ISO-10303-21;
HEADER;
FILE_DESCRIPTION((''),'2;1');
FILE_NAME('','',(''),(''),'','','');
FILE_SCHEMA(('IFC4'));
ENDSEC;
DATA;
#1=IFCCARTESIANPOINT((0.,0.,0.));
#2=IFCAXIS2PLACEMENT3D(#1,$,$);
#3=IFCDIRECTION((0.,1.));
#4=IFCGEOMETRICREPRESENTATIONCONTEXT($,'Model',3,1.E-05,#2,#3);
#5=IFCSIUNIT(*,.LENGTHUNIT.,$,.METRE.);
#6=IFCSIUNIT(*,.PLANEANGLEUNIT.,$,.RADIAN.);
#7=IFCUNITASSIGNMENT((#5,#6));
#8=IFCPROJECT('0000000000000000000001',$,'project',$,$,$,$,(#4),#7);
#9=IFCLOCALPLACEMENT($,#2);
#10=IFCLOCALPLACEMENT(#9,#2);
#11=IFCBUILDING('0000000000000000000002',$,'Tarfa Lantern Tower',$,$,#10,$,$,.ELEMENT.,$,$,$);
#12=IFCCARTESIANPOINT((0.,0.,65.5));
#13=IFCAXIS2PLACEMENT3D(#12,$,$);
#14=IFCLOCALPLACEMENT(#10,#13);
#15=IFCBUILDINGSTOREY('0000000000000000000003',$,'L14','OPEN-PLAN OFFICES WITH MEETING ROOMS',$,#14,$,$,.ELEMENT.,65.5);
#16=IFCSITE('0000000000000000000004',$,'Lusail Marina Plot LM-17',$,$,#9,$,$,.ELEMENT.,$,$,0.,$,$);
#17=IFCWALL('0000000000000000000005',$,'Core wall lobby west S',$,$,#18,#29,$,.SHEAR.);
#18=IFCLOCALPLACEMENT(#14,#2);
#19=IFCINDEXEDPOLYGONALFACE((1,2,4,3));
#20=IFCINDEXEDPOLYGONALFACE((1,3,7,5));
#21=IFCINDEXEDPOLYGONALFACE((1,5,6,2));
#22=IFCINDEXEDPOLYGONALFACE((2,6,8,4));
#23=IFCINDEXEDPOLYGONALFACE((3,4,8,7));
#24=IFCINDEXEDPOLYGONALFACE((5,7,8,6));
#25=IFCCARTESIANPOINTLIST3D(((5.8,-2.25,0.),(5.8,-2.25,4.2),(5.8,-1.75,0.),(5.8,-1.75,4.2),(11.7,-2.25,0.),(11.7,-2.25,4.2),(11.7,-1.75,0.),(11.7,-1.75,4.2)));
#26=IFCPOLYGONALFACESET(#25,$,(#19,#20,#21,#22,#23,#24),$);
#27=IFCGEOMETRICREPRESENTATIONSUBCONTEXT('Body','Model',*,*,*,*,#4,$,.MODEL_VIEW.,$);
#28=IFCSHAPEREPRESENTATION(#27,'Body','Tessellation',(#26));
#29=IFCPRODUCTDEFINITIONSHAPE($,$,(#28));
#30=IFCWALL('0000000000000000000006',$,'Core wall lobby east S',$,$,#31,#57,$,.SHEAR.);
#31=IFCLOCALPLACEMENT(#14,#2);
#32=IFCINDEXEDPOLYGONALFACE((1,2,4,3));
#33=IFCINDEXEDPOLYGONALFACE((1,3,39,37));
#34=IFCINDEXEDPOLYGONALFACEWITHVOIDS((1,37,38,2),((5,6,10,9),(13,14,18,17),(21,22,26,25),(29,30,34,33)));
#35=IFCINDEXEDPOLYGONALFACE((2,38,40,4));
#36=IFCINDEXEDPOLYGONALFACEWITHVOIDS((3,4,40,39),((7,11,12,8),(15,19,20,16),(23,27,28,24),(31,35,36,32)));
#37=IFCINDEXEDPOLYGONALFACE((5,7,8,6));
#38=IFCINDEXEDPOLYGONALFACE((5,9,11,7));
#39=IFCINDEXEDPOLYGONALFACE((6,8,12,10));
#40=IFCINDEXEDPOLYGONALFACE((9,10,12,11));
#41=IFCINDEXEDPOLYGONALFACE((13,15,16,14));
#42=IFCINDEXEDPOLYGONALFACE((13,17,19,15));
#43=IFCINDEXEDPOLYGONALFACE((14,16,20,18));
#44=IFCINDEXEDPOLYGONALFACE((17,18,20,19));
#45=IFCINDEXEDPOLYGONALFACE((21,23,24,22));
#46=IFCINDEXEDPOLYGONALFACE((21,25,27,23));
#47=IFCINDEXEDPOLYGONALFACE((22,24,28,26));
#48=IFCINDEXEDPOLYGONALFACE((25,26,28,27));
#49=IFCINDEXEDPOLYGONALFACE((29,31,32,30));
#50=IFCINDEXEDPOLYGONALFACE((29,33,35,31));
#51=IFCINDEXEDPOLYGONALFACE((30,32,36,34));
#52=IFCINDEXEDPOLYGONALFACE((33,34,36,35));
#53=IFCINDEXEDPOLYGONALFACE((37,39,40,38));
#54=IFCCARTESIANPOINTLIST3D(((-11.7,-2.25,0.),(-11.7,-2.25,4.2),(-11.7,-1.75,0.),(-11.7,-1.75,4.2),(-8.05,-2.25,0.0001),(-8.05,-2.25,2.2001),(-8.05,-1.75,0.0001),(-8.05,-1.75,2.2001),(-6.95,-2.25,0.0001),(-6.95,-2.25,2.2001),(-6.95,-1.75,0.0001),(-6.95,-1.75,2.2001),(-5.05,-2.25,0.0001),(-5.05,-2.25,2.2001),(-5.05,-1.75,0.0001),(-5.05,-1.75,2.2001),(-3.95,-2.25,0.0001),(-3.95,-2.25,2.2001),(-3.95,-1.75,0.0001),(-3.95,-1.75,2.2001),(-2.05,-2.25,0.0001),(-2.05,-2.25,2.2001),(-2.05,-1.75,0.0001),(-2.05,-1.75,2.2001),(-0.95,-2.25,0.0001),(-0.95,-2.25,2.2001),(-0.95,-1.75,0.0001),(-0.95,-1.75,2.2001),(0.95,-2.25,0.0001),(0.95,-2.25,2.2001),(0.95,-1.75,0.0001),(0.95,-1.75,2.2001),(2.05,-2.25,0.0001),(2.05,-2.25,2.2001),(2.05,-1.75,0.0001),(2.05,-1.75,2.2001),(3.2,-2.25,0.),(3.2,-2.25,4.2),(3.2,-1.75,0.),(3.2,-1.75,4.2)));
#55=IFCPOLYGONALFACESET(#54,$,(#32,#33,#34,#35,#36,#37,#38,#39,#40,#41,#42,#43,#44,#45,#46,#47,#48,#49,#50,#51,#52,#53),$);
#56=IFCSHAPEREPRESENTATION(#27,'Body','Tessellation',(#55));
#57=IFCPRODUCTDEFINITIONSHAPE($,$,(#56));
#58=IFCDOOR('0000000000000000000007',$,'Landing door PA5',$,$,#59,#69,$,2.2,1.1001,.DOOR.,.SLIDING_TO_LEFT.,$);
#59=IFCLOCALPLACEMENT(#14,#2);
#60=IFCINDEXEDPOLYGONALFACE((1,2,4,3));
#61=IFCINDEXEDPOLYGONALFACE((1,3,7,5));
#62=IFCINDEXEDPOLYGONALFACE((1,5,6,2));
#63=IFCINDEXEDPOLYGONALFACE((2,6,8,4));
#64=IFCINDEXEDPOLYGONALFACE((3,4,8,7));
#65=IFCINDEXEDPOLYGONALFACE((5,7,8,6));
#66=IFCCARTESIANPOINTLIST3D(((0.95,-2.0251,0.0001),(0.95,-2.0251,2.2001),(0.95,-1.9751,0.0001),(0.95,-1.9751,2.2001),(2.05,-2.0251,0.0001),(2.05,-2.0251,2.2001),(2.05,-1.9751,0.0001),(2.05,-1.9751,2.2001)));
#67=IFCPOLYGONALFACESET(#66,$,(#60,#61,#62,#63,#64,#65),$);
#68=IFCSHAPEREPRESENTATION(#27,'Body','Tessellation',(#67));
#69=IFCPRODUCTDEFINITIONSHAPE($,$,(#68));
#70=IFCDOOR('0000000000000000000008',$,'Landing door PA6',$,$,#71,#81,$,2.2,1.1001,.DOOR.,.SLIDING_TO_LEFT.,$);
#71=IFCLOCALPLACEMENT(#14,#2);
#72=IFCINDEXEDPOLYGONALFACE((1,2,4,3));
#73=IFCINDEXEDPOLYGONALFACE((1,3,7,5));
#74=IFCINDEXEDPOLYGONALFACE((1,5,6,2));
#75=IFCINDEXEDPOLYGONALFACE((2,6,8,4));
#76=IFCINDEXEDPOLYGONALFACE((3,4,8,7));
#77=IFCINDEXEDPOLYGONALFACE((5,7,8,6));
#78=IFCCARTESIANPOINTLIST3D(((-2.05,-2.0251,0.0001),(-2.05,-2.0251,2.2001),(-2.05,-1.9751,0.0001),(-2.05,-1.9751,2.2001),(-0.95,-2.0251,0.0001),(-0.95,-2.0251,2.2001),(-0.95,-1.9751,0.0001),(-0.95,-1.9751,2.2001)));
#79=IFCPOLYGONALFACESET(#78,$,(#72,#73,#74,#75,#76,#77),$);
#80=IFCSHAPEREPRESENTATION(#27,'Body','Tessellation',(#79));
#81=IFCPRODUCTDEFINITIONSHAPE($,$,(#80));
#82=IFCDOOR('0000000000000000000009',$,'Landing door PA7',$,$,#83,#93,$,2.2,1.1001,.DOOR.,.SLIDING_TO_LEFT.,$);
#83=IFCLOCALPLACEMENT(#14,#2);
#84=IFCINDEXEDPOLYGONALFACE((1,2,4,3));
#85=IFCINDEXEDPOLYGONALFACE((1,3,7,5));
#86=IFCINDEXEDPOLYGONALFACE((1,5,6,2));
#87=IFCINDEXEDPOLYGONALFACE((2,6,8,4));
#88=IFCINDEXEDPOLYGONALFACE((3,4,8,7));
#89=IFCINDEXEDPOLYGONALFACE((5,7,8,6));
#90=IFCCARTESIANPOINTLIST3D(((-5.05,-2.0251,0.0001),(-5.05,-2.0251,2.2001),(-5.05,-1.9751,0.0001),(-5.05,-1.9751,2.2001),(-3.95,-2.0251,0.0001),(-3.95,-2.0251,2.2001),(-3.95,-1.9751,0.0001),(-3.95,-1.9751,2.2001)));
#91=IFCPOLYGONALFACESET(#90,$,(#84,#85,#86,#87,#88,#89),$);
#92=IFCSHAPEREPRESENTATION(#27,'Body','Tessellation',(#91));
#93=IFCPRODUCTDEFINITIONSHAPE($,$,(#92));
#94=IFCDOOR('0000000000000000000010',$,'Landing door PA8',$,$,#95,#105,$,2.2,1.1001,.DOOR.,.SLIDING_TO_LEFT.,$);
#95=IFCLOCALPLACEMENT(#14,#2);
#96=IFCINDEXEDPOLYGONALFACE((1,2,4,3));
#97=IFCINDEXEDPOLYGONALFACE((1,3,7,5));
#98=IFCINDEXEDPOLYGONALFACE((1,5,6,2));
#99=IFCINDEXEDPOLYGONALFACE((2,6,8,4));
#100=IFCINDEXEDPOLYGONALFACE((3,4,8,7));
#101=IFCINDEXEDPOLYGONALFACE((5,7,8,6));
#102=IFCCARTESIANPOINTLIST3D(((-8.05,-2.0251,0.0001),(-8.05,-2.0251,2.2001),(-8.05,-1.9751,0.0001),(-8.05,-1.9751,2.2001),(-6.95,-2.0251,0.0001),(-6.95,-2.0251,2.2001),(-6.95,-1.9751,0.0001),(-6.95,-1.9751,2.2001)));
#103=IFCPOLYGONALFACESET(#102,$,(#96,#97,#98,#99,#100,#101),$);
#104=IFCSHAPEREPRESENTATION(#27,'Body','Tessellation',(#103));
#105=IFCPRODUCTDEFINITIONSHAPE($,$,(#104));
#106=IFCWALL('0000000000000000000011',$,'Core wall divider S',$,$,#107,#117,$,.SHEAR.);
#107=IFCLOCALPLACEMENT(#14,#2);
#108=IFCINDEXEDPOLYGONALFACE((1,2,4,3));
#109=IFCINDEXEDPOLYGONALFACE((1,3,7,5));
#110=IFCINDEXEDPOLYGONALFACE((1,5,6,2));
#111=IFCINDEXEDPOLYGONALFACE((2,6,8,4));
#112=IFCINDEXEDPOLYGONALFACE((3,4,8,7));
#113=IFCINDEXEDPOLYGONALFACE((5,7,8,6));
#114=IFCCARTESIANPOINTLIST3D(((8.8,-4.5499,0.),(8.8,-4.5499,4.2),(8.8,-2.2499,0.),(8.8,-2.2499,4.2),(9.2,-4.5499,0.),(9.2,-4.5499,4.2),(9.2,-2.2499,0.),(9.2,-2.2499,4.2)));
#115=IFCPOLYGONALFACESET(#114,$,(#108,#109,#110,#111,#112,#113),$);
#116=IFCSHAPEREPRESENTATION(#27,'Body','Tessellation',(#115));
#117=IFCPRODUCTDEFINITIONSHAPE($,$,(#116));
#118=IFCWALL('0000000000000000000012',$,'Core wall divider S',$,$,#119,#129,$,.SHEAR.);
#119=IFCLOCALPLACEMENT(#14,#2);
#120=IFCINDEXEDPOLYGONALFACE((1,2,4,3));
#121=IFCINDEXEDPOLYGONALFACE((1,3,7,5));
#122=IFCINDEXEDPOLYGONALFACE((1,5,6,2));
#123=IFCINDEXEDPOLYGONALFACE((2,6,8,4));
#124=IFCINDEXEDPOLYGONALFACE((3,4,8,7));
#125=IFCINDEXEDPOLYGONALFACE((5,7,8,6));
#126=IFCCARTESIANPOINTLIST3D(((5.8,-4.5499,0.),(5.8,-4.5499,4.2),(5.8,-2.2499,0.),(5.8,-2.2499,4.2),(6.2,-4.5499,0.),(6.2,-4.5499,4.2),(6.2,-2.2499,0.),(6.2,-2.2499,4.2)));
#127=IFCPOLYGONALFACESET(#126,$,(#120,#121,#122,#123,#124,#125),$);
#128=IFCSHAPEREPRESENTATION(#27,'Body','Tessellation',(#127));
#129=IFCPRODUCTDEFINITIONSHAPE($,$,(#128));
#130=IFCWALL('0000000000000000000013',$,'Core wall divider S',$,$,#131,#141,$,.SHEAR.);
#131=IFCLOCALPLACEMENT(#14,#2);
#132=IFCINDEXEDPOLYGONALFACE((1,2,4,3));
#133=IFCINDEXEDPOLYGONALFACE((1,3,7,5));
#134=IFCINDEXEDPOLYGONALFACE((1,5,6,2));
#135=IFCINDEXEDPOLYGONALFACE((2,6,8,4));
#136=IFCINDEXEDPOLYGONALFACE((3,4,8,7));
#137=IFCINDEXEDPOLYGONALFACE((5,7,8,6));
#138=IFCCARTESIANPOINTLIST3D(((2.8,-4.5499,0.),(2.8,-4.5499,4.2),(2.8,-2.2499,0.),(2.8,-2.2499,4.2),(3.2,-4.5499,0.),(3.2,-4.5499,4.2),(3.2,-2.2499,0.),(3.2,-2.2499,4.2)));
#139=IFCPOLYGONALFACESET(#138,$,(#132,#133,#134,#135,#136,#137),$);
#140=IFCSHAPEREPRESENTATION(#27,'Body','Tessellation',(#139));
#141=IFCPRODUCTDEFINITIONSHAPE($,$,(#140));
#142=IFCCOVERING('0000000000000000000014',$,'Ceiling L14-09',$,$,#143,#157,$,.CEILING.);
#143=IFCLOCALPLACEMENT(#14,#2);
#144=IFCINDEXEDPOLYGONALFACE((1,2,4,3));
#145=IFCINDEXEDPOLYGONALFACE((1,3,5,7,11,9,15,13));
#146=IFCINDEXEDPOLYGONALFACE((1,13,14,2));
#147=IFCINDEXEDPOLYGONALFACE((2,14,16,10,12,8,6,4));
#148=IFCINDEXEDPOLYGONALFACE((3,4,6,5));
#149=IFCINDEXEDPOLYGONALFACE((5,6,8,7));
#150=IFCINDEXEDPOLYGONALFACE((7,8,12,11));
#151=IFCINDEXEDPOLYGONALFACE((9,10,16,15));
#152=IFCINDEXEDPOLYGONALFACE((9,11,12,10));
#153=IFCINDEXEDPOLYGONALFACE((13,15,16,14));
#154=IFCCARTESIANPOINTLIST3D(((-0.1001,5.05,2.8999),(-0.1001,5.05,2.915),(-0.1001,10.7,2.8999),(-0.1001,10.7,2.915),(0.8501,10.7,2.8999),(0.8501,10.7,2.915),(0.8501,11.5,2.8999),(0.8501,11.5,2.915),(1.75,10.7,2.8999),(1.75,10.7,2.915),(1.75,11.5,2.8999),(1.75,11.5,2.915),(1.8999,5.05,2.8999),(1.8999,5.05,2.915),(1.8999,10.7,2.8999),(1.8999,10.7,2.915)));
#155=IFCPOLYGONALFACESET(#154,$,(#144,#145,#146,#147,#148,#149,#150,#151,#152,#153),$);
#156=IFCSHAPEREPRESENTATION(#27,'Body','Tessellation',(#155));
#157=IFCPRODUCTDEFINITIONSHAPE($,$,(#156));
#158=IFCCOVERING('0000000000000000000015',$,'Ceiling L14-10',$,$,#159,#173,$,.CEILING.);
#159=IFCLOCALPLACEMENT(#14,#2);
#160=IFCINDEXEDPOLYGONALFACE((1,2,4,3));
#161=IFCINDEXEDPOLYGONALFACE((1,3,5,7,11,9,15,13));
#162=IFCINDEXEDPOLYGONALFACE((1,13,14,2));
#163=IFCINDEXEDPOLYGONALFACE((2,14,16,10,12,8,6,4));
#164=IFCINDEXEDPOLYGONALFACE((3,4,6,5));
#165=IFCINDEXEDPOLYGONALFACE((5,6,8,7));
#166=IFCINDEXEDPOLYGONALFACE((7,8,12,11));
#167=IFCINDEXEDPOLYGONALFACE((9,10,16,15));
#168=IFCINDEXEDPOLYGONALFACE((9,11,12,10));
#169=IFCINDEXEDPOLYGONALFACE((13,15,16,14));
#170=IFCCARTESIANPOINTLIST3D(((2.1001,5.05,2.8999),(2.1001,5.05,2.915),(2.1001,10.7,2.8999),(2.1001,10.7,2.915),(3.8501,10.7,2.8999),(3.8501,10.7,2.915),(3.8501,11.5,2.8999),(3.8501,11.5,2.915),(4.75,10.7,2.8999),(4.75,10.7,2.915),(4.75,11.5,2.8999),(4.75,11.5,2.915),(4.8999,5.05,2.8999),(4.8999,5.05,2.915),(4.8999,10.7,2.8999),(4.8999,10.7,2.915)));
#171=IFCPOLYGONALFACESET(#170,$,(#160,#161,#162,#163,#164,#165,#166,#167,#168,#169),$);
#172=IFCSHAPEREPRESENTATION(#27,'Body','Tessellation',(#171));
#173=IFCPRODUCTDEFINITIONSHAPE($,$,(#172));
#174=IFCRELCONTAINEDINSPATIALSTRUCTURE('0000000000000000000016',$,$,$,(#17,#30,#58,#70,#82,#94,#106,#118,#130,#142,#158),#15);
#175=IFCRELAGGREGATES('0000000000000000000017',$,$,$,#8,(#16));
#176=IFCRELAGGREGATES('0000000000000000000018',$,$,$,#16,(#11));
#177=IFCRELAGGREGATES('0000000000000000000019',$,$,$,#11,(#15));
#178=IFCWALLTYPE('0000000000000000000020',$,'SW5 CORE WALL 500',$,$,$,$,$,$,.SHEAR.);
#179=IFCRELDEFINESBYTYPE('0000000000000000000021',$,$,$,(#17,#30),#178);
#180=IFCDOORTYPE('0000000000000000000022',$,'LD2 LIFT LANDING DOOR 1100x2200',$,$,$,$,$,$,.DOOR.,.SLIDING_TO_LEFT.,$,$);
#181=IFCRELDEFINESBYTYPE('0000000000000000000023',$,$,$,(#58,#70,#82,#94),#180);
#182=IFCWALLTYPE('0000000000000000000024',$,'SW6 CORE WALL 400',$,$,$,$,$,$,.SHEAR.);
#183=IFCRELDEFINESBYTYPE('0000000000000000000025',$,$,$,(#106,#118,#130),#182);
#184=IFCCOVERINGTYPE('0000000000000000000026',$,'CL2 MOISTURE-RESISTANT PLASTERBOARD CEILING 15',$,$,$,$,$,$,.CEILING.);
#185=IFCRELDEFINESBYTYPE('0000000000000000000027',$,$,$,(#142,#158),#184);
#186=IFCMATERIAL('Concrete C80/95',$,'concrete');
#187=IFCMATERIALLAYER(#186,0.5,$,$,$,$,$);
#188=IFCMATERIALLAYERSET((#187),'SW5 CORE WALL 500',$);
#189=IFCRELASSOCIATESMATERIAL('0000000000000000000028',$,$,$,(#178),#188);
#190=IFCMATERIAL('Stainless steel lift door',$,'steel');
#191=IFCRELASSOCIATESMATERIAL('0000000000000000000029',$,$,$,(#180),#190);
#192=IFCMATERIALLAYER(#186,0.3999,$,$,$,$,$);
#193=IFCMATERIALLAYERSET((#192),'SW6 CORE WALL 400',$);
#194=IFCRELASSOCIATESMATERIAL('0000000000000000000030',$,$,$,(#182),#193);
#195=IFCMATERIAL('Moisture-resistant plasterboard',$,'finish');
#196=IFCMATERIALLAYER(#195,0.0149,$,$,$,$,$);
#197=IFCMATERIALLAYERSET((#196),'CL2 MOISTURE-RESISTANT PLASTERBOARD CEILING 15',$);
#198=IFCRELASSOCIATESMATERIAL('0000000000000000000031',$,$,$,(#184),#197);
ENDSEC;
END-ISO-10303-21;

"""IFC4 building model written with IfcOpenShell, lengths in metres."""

from ifc_helpers import new_model, si_unit, direction, frame, frame_2d, origin, place, context, subcontext, project, spatial, polyline, rectangle, outline, extrude, material, layer, layer_set, type_object, element, fill, save


model = new_model("IFC4")

# Units and contexts
model_context = context("Model", 3, precision=1e-05, world=origin(), true_north=direction((0.0, 1.0)))
body_context = subcontext(model_context, "Body", "Model", "MODEL_VIEW")
ifc_project = project(units=[si_unit("LENGTHUNIT", "METRE"), si_unit("PLANEANGLEUNIT", "RADIAN")], contexts=[model_context])

# Site, building, storey
site_placement = place(None, origin())
site = spatial("IfcSite", under=ifc_project, at=site_placement, Name="Lusail Marina Plot LM-17", CompositionType="ELEMENT", RefElevation=0.0)
building_placement = place(site_placement, origin())
building = spatial("IfcBuilding", under=site, at=building_placement, Name="Tarfa Lantern Tower", CompositionType="ELEMENT")
storey_placement = place(building_placement, frame((0.0, 0.0, 65.5)))
storey = spatial("IfcBuildingStorey", under=building, at=storey_placement, Name="L14", Description="OPEN-PLAN OFFICES WITH MEETING ROOMS", CompositionType="ELEMENT", Elevation=65.5)

# Wall
ifc_material_1 = material(Name="Concrete C80/95", Category="concrete")
ifc_layer_1 = layer(ifc_material_1, 0.5)
ifc_layer_set_1 = layer_set([ifc_layer_1], Name="SW5 CORE WALL 500")
wall_type_1 = type_object("IfcWallType", Name="SW5 CORE WALL 500", PredefinedType="SHEAR", material=ifc_layer_set_1)
wall_1_placement = place(storey_placement, frame((11.7, -2.0, 0.0), z_axis=(0.0, 0.0, 1.0), x_axis=(-1.0, 0.0, 0.0)))
element("IfcWall", 1, at=wall_1_placement, inside=storey, type_object=wall_type_1, Name="Core wall lobby west S", PredefinedType="SHEAR", context=body_context, shape_type="SweptSolid", body=[
    extrude(rectangle(XDim=5.8999, YDim=0.5, at=frame_2d((2.95, 0.0))), origin(), (0.0, 0.0, 1.0), 4.2),
])

# Wall, openings, doors
wall_2_placement = place(storey_placement, frame((3.2, -2.0, 0.0), z_axis=(0.0, 0.0, 1.0), x_axis=(-1.0, 0.0, 0.0)))
wall_2 = element("IfcWall", 2, at=wall_2_placement, inside=storey, type_object=wall_type_1, Name="Core wall lobby east S", PredefinedType="SHEAR", context=body_context, shape_type="SweptSolid", body=[
    extrude(rectangle(XDim=14.8999, YDim=0.5, at=frame_2d((7.45, 0.0))), origin(), (0.0, 0.0, 1.0), 4.2),
])
opening_1_placement = place(wall_2_placement, frame((1.1499, 0.0, 0.0)))
opening_1 = element("IfcOpeningElement", 3, at=opening_1_placement, cuts=wall_2, PredefinedType="OPENING", context=body_context, shape_type="SweptSolid", body=[
    extrude(rectangle(XDim=1.1001, YDim=2.2, at=frame_2d((0.55, 1.1001))), frame((0.0, 0.26, 0.0), z_axis=(0.0, -1.0, 0.0), x_axis=(1.0, 0.0, 0.0)), (0.0, 0.0, 1.0), 0.52),
])
opening_2_placement = place(wall_2_placement, frame((4.1499, 0.0, 0.0)))
opening_2 = element("IfcOpeningElement", 4, at=opening_2_placement, cuts=wall_2, PredefinedType="OPENING", context=body_context, shape_type="SweptSolid", body=[
    extrude(rectangle(XDim=1.1001, YDim=2.2, at=frame_2d((0.55, 1.1001))), frame((0.0, 0.26, 0.0), z_axis=(0.0, -1.0, 0.0), x_axis=(1.0, 0.0, 0.0)), (0.0, 0.0, 1.0), 0.52),
])
opening_3_placement = place(wall_2_placement, frame((7.1499, 0.0, 0.0)))
opening_3 = element("IfcOpeningElement", 5, at=opening_3_placement, cuts=wall_2, PredefinedType="OPENING", context=body_context, shape_type="SweptSolid", body=[
    extrude(rectangle(XDim=1.1001, YDim=2.2, at=frame_2d((0.55, 1.1001))), frame((0.0, 0.26, 0.0), z_axis=(0.0, -1.0, 0.0), x_axis=(1.0, 0.0, 0.0)), (0.0, 0.0, 1.0), 0.52),
])
opening_4_placement = place(wall_2_placement, frame((10.1499, 0.0, 0.0)))
opening_4 = element("IfcOpeningElement", 6, at=opening_4_placement, cuts=wall_2, PredefinedType="OPENING", context=body_context, shape_type="SweptSolid", body=[
    extrude(rectangle(XDim=1.1001, YDim=2.2, at=frame_2d((0.55, 1.1001))), frame((0.0, 0.26, 0.0), z_axis=(0.0, -1.0, 0.0), x_axis=(1.0, 0.0, 0.0)), (0.0, 0.0, 1.0), 0.52),
])
ifc_material_2 = material(Name="Stainless steel lift door", Category="steel")
door_type = type_object("IfcDoorType", Name="LD2 LIFT LANDING DOOR 1100x2200", OperationType="SLIDING_TO_LEFT", PredefinedType="DOOR", material=ifc_material_2)
door_1_placement = place(opening_1_placement, frame((1.1001, 0.0, 0.0), z_axis=(0.0, 0.0, 1.0), x_axis=(-1.0, 0.0, 0.0)))
door_1 = element("IfcDoor", 7, at=door_1_placement, inside=storey, type_object=door_type, Name="Landing door PA5", OperationType="SLIDING_TO_LEFT", OverallHeight=2.2, OverallWidth=1.1001, PredefinedType="DOOR", context=body_context, shape_type="SweptSolid", body=[
    extrude(rectangle(XDim=1.1001, YDim=2.2, at=frame_2d((0.55, 1.1001))), frame((0.0, 0.0249, 0.0), z_axis=(0.0, -1.0, 0.0), x_axis=(1.0, 0.0, 0.0)), (0.0, 0.0, 1.0), 0.05),
])
fill(opening_1, door_1)
door_2_placement = place(opening_2_placement, frame((1.1001, 0.0, 0.0), z_axis=(0.0, 0.0, 1.0), x_axis=(-1.0, 0.0, 0.0)))
door_2 = element("IfcDoor", 8, at=door_2_placement, inside=storey, type_object=door_type, Name="Landing door PA6", OperationType="SLIDING_TO_LEFT", OverallHeight=2.2, OverallWidth=1.1001, PredefinedType="DOOR", context=body_context, shape_type="SweptSolid", body=[
    extrude(rectangle(XDim=1.1001, YDim=2.2, at=frame_2d((0.55, 1.1001))), frame((0.0, 0.0249, 0.0), z_axis=(0.0, -1.0, 0.0), x_axis=(1.0, 0.0, 0.0)), (0.0, 0.0, 1.0), 0.05),
])
fill(opening_2, door_2)
door_3_placement = place(opening_3_placement, frame((1.1001, 0.0, 0.0), z_axis=(0.0, 0.0, 1.0), x_axis=(-1.0, 0.0, 0.0)))
door_3 = element("IfcDoor", 9, at=door_3_placement, inside=storey, type_object=door_type, Name="Landing door PA7", OperationType="SLIDING_TO_LEFT", OverallHeight=2.2, OverallWidth=1.1001, PredefinedType="DOOR", context=body_context, shape_type="SweptSolid", body=[
    extrude(rectangle(XDim=1.1001, YDim=2.2, at=frame_2d((0.55, 1.1001))), frame((0.0, 0.0249, 0.0), z_axis=(0.0, -1.0, 0.0), x_axis=(1.0, 0.0, 0.0)), (0.0, 0.0, 1.0), 0.05),
])
fill(opening_3, door_3)
door_4_placement = place(opening_4_placement, frame((1.1001, 0.0, 0.0), z_axis=(0.0, 0.0, 1.0), x_axis=(-1.0, 0.0, 0.0)))
door_4 = element("IfcDoor", 10, at=door_4_placement, inside=storey, type_object=door_type, Name="Landing door PA8", OperationType="SLIDING_TO_LEFT", OverallHeight=2.2, OverallWidth=1.1001, PredefinedType="DOOR", context=body_context, shape_type="SweptSolid", body=[
    extrude(rectangle(XDim=1.1001, YDim=2.2, at=frame_2d((0.55, 1.1001))), frame((0.0, 0.0249, 0.0), z_axis=(0.0, -1.0, 0.0), x_axis=(1.0, 0.0, 0.0)), (0.0, 0.0, 1.0), 0.05),
])
fill(opening_4, door_4)

# Walls
ifc_layer_2 = layer(ifc_material_1, 0.3999)
ifc_layer_set_2 = layer_set([ifc_layer_2], Name="SW6 CORE WALL 400")
wall_type_2 = type_object("IfcWallType", Name="SW6 CORE WALL 400", PredefinedType="SHEAR", material=ifc_layer_set_2)
for number, where, z_axis, x_axis, name in (
    (11, (9.0, -2.25, 0.0), (0.0, 0.0, 1.0), (0.0, -1.0, 0.0), "Core wall divider S"),
    (12, (6.0, -2.25, 0.0), (0.0, 0.0, 1.0), (0.0, -1.0, 0.0), "Core wall divider S"),
    (13, (3.0, -2.25, 0.0), (0.0, 0.0, 1.0), (0.0, -1.0, 0.0), "Core wall divider S"),
):
    element("IfcWall", number, at=place(storey_placement, frame(where, z_axis=z_axis, x_axis=x_axis)), inside=storey, type_object=wall_type_2, Name=name, PredefinedType="SHEAR", context=body_context, shape_type="SweptSolid", body=[
        extrude(rectangle(XDim=2.3, YDim=0.3999, at=frame_2d((1.1499, 0.0))), origin(), (0.0, 0.0, 1.0), 4.2),
    ])

# Coverings
ifc_material_3 = material(Name="Moisture-resistant plasterboard", Category="finish")
ifc_layer_3 = layer(ifc_material_3, 0.0149)
ifc_layer_set_3 = layer_set([ifc_layer_3], Name="CL2 MOISTURE-RESISTANT PLASTERBOARD CEILING 15")
covering_type_1 = type_object("IfcCoveringType", Name="CL2 MOISTURE-RESISTANT PLASTERBOARD CEILING 15", PredefinedType="CEILING", material=ifc_layer_set_3)
covering_1_placement = place(storey_placement, frame((0.0, 0.0, 2.8999)))
element("IfcCovering", 14, at=covering_1_placement, inside=storey, type_object=covering_type_1, Name="Ceiling L14-09", PredefinedType="CEILING", context=body_context, shape_type="SweptSolid", body=[
    extrude(outline(polyline([(0.8501, 10.7), (-0.1001, 10.7), (-0.1001, 5.05), (1.8999, 5.05), (1.8999, 10.7), (1.75, 10.7), (1.75, 11.5), (1.75, 11.5), (0.8501, 11.5), (0.8501, 10.7)])), origin(), (0.0, 0.0, 1.0), 0.0151),
])
covering_2_placement = place(storey_placement, frame((0.0, 0.0, 2.8999)))
element("IfcCovering", 15, at=covering_2_placement, inside=storey, type_object=covering_type_1, Name="Ceiling L14-10", PredefinedType="CEILING", context=body_context, shape_type="SweptSolid", body=[
    extrude(outline(polyline([(2.1001, 5.05), (4.8999, 5.05), (4.8999, 10.7), (4.75, 10.7), (4.75, 11.5), (3.8501, 11.5), (3.8501, 10.7), (2.1001, 10.7), (2.1001, 5.05)])), origin(), (0.0, 0.0, 1.0), 0.0151),
])

save(model, "model.ifc")
